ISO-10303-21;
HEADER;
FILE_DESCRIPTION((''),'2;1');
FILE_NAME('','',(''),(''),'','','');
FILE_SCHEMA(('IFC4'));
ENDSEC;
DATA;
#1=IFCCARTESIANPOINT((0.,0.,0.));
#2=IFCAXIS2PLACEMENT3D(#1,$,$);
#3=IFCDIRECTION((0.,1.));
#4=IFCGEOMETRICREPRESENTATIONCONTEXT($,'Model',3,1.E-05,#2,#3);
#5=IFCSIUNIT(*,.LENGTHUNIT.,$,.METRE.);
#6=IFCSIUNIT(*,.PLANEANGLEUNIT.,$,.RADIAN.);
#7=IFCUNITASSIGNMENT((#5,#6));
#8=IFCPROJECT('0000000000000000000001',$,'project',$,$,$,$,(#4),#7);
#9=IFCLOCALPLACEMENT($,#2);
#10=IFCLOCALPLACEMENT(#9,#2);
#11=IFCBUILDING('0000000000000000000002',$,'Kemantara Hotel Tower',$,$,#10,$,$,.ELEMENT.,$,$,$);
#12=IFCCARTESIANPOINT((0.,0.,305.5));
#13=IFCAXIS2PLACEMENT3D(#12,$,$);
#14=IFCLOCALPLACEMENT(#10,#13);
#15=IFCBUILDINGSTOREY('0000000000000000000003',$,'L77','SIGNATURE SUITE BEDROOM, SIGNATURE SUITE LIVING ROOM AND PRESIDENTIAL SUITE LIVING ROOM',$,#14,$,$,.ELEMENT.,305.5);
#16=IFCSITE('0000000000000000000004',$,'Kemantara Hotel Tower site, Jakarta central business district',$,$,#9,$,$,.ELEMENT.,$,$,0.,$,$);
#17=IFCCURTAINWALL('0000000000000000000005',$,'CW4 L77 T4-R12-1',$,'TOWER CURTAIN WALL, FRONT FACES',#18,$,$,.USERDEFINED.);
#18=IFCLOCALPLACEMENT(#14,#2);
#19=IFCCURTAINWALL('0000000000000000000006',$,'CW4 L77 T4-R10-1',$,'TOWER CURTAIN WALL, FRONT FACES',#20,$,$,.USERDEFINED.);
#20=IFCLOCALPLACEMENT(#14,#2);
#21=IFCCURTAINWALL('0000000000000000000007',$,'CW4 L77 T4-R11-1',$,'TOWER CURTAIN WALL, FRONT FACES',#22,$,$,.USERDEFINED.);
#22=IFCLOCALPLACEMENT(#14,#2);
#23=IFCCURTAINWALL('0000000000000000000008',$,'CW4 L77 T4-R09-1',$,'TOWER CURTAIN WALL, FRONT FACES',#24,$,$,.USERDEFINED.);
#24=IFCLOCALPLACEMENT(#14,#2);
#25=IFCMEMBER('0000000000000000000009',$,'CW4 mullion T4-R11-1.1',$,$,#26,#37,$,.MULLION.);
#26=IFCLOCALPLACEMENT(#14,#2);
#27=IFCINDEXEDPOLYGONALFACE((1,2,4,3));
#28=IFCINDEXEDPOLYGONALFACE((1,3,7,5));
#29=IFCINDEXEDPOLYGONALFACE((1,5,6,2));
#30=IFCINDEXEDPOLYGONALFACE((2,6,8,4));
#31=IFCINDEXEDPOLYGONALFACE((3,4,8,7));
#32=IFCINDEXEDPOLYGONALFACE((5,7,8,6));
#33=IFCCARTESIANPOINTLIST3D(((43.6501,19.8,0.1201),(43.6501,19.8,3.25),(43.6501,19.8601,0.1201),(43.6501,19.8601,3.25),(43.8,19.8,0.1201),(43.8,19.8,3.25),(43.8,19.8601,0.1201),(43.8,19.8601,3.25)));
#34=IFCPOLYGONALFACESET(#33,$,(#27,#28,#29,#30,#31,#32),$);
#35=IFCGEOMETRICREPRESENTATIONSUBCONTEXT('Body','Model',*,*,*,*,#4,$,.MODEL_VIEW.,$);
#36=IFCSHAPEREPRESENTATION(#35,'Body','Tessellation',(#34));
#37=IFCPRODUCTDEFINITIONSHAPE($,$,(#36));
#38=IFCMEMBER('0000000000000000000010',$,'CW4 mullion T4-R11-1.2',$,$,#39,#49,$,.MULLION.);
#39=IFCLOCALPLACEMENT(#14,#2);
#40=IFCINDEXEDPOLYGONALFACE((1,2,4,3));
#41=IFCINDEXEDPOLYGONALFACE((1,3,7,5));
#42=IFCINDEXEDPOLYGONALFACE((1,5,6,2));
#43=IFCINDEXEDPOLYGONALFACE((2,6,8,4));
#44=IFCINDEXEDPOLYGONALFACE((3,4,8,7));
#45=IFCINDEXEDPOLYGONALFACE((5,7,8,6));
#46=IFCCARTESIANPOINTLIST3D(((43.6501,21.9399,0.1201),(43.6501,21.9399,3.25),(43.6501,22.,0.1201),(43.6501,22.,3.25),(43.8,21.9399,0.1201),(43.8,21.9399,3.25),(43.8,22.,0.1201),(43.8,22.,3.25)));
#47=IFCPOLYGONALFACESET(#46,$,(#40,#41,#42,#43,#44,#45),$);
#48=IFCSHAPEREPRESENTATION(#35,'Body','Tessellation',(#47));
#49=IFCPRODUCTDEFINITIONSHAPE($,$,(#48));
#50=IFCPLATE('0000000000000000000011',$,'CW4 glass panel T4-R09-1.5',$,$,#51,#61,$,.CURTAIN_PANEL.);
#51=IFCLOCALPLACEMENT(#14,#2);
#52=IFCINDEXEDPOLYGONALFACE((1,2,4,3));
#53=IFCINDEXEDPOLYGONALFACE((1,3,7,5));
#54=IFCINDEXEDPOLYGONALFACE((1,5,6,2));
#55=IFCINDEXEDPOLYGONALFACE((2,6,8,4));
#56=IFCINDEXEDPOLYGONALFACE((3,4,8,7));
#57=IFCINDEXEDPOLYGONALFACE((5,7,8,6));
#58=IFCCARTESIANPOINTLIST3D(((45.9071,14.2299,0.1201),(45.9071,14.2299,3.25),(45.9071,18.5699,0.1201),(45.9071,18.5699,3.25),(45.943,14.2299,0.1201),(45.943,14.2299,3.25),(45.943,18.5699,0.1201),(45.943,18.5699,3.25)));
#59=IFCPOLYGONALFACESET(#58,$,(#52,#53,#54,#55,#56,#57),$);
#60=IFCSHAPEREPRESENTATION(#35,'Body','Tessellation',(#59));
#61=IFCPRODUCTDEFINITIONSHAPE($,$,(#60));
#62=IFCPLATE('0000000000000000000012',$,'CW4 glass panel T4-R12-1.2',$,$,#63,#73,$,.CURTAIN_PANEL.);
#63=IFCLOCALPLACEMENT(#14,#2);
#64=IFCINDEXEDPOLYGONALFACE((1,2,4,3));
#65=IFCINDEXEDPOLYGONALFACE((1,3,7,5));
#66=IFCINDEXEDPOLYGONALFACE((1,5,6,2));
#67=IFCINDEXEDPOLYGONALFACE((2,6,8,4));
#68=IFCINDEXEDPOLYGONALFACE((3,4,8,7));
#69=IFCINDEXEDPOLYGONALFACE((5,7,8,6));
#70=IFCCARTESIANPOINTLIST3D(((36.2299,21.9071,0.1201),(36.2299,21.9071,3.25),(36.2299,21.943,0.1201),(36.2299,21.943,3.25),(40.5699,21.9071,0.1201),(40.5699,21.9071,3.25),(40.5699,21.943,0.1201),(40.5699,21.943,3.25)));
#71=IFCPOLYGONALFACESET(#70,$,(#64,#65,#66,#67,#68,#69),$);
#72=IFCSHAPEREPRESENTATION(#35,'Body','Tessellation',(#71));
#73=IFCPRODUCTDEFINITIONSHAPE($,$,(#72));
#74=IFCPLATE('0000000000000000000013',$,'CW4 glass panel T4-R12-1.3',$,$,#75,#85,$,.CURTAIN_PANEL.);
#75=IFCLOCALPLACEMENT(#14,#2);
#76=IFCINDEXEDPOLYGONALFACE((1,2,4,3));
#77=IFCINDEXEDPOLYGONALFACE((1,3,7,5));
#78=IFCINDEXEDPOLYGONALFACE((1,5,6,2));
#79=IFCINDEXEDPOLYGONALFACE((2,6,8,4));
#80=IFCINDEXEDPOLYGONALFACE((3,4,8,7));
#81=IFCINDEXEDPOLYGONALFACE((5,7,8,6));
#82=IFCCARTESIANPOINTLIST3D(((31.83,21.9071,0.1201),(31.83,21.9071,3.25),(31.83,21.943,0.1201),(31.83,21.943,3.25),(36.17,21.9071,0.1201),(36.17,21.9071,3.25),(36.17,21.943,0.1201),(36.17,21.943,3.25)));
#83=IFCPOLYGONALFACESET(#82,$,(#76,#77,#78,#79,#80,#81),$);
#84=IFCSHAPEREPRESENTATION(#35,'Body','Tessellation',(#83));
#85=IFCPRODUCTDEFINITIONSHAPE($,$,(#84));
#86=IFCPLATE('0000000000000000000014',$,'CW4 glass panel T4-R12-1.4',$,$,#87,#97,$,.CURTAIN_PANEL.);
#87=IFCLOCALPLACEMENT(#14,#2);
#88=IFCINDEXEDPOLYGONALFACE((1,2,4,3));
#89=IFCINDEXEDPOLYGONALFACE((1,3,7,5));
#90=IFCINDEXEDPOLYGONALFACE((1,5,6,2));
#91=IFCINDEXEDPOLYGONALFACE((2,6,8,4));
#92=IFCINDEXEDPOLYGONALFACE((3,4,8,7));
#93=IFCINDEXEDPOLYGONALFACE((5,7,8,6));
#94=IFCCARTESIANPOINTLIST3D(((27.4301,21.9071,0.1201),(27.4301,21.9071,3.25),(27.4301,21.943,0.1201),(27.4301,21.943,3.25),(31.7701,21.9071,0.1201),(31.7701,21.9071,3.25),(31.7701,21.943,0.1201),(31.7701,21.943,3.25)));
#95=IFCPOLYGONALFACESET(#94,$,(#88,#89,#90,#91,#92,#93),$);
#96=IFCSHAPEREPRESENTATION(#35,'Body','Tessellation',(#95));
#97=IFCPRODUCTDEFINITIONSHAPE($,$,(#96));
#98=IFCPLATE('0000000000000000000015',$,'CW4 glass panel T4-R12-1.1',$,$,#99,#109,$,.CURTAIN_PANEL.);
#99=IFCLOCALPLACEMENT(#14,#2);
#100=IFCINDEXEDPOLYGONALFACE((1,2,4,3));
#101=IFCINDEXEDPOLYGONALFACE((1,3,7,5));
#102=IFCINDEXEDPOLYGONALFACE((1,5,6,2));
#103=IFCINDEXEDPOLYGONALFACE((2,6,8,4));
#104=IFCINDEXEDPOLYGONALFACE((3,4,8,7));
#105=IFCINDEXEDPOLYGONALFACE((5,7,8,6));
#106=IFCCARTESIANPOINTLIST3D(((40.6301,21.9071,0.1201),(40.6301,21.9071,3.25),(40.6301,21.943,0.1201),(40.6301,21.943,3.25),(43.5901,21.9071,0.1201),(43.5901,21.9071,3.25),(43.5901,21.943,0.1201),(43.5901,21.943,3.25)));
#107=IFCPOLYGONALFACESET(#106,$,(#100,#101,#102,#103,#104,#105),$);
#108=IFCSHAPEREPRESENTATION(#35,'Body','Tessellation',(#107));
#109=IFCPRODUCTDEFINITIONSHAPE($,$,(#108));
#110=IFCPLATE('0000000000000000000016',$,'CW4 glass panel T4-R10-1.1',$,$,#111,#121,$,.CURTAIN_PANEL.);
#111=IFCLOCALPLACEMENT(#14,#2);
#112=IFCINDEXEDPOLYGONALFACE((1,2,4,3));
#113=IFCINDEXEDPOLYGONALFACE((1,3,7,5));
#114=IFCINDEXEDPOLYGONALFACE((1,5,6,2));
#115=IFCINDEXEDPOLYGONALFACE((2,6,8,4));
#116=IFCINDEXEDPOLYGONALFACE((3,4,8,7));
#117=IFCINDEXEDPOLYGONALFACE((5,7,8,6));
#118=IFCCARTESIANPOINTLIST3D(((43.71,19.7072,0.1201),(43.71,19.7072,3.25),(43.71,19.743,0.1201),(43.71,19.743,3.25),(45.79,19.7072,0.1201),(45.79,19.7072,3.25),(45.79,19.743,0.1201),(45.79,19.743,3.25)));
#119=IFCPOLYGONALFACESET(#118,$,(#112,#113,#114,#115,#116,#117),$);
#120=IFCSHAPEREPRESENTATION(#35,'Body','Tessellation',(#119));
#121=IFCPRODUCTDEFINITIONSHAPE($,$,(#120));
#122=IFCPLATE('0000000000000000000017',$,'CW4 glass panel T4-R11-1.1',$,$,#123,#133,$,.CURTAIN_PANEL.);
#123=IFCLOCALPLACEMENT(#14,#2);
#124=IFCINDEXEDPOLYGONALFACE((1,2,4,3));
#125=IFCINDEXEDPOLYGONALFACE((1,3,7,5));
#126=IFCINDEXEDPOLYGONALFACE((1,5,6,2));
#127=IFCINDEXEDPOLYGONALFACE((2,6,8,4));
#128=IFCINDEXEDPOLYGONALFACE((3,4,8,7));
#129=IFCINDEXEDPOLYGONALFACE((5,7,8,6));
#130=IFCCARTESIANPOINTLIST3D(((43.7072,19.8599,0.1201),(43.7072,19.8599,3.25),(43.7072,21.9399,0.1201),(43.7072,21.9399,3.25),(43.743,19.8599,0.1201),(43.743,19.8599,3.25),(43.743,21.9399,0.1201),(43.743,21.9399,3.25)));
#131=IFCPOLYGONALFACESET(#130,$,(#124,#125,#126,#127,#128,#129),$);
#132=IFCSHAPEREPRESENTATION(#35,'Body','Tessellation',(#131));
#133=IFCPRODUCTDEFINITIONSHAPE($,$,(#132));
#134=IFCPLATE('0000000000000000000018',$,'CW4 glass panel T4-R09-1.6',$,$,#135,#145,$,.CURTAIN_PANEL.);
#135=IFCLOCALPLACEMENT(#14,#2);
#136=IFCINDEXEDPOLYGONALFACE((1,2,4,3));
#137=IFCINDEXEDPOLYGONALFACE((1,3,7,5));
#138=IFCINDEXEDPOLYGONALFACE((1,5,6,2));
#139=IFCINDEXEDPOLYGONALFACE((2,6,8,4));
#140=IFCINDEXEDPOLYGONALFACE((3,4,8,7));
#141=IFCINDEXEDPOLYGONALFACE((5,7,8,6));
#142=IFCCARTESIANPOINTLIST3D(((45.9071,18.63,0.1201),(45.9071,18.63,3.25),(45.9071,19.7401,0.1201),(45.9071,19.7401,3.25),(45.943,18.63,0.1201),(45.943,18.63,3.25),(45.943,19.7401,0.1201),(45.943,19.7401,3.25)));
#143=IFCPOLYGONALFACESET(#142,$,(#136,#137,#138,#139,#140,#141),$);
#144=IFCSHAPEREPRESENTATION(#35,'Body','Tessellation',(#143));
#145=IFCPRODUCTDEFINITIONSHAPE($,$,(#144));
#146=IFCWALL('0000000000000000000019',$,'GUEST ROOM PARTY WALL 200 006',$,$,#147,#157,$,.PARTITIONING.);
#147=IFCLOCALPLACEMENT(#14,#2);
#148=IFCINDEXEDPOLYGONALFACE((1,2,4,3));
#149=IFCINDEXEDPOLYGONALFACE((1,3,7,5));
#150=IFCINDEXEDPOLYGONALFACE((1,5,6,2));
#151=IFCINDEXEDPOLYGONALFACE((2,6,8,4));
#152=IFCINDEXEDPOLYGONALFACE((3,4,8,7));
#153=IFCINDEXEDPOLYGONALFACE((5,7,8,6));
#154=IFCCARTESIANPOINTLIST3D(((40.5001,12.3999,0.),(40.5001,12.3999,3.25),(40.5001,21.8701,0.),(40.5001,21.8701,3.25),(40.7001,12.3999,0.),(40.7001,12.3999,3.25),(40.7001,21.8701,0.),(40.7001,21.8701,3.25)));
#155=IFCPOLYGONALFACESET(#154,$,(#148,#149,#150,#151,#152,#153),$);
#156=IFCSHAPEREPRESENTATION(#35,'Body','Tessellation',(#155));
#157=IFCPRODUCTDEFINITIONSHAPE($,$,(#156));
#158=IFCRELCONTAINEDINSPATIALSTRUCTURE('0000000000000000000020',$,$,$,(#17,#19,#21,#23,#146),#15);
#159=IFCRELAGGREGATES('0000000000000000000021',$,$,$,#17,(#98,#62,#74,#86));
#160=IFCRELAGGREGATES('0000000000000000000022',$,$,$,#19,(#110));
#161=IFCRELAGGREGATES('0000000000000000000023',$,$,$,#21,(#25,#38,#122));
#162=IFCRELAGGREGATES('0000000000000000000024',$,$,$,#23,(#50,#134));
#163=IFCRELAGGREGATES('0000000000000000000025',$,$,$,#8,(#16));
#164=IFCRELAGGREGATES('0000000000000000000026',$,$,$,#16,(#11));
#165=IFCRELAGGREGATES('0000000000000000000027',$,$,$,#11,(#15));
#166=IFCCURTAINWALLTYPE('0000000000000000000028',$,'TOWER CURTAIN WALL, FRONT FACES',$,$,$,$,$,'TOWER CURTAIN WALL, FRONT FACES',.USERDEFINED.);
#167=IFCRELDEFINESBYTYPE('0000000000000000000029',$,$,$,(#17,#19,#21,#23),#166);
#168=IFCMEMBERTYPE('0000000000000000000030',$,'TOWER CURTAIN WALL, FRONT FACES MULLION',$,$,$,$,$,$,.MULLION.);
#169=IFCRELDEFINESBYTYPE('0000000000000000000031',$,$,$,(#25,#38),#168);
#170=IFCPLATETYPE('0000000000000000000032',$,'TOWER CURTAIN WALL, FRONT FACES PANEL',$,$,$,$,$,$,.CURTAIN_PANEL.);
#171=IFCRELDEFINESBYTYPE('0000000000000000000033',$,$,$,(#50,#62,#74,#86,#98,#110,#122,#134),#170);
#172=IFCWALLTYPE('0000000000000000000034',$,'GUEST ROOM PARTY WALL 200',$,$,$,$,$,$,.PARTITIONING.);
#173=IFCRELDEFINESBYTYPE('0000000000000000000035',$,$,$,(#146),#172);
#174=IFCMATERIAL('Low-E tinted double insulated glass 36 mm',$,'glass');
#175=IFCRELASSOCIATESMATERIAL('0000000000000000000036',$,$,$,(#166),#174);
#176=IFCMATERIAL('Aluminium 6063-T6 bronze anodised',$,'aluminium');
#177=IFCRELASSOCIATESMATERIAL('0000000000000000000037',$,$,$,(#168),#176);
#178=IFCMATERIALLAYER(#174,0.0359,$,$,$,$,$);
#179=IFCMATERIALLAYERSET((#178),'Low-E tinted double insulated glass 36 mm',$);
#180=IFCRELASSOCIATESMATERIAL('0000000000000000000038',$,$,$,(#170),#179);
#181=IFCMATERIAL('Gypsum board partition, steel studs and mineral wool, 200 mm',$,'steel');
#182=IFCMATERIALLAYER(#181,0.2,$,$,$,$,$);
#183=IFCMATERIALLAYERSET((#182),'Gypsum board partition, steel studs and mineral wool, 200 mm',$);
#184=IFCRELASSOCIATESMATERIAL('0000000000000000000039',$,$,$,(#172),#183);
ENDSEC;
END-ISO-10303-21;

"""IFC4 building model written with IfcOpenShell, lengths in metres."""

from ifc_helpers import new_model, si_unit, direction, frame, frame_2d, origin, origin_2d, place, context, subcontext, project, spatial, rectangle, extrude, source, transform, mapped, material, layer, layer_set, material_profile, profile_set, type_object, element, aggregate, save


model = new_model("IFC4")

# Units and contexts
model_context = context("Model", 3, precision=1e-05, world=origin(), true_north=direction((0.0, 1.0)))
body_context = subcontext(model_context, "Body", "Model", "MODEL_VIEW")
ifc_project = project(units=[si_unit("LENGTHUNIT", "METRE"), si_unit("PLANEANGLEUNIT", "RADIAN")], contexts=[model_context])

# Site, building, storey
site_placement = place(None, origin())
site = spatial("IfcSite", under=ifc_project, at=site_placement, Name="Kemantara Hotel Tower site, Jakarta central business district", CompositionType="ELEMENT", RefElevation=0.0)
building_placement = place(site_placement, origin())
building = spatial("IfcBuilding", under=site, at=building_placement, Name="Kemantara Hotel Tower", CompositionType="ELEMENT")
storey_placement = place(building_placement, frame((0.0, 0.0, 305.5)))
storey = spatial("IfcBuildingStorey", under=building, at=storey_placement, Name="L77", Description="SIGNATURE SUITE BEDROOM, SIGNATURE SUITE LIVING ROOM AND PRESIDENTIAL SUITE LIVING ROOM", CompositionType="ELEMENT", Elevation=305.5)

# Curtain walls
ifc_material_1 = material(Name="Low-E tinted double insulated glass 36 mm", Category="glass")
curtain_wall_type = type_object("IfcCurtainWallType", Name="TOWER CURTAIN WALL, FRONT FACES", ElementType="TOWER CURTAIN WALL, FRONT FACES", PredefinedType="USERDEFINED", material=ifc_material_1)
curtain_wall_1_placement = place(storey_placement, origin())
curtain_wall_1 = element("IfcCurtainWall", 1, at=curtain_wall_1_placement, inside=storey, type_object=curtain_wall_type, Name="CW4 L77 T4-R12-1", ObjectType="TOWER CURTAIN WALL, FRONT FACES", PredefinedType="USERDEFINED")
ifc_material_2 = material(Name="Aluminium 6063-T6 bronze anodised", Category="aluminium")
curtain_wall_2_placement = place(storey_placement, origin())
curtain_wall_2 = element("IfcCurtainWall", 2, at=curtain_wall_2_placement, inside=storey, type_object=curtain_wall_type, Name="CW4 L77 T4-R10-1", ObjectType="TOWER CURTAIN WALL, FRONT FACES", PredefinedType="USERDEFINED")
curtain_wall_3_placement = place(storey_placement, origin())
curtain_wall_3 = element("IfcCurtainWall", 3, at=curtain_wall_3_placement, inside=storey, type_object=curtain_wall_type, Name="CW4 L77 T4-R11-1", ObjectType="TOWER CURTAIN WALL, FRONT FACES", PredefinedType="USERDEFINED")

# Curtain wall
curtain_wall_4_placement = place(storey_placement, origin())
curtain_wall_4 = element("IfcCurtainWall", 4, at=curtain_wall_4_placement, inside=storey, type_object=curtain_wall_type, Name="CW4 L77 T4-R09-1", ObjectType="TOWER CURTAIN WALL, FRONT FACES", PredefinedType="USERDEFINED")
ifc_material_profile_1 = material_profile(ifc_material_2, rectangle(XDim=0.1499, YDim=0.0601, at=origin_2d()), Name="TOWER CURTAIN WALL, FRONT FACES MULLION")
ifc_profile_set_1 = profile_set([ifc_material_profile_1], Name="Aluminium 6063-T6 bronze anodised")
member_type_1 = type_object("IfcMemberType", Name="TOWER CURTAIN WALL, FRONT FACES MULLION", PredefinedType="MULLION", material=ifc_profile_set_1)
shared_shape_1 = source(origin(), body_context, "Body", "SweptSolid", [
    extrude(rectangle(XDim=0.1499, YDim=0.0601, at=origin_2d()), origin(), (0.0, 0.0, 1.0), 3.1299),
])

# Members
member_1_placement = place(storey_placement, frame((43.7251, 19.8301, 0.1201), z_axis=(0.0, 0.0, 1.0), x_axis=(-1.0, 0.0, 0.0)))
member_1 = element("IfcMember", 5, at=member_1_placement, type_object=member_type_1, Name="CW4 mullion T4-R11-1.1", PredefinedType="MULLION", context=body_context, shape_type="MappedRepresentation", body=[
    mapped(shared_shape_1, transform((0.0, 0.0, 0.0))),
])
member_2_placement = place(storey_placement, frame((43.7251, 21.97, 0.1201), z_axis=(0.0, 0.0, 1.0), x_axis=(-1.0, 0.0, 0.0)))
member_2 = element("IfcMember", 6, at=member_2_placement, type_object=member_type_1, Name="CW4 mullion T4-R11-1.2", PredefinedType="MULLION", context=body_context, shape_type="MappedRepresentation", body=[
    mapped(shared_shape_1, transform((0.0, 0.0, 0.0))),
])

# Plates
ifc_layer_1 = layer(ifc_material_1, 0.0359)
ifc_layer_set_1 = layer_set([ifc_layer_1], Name="Low-E tinted double insulated glass 36 mm")
plate_type = type_object("IfcPlateType", Name="TOWER CURTAIN WALL, FRONT FACES PANEL", PredefinedType="CURTAIN_PANEL", material=ifc_layer_set_1)
shared_shape_2 = source(origin(), body_context, "Body", "SweptSolid", [
    extrude(rectangle(XDim=4.3401, YDim=0.0359, at=origin_2d()), origin(), (0.0, 0.0, 1.0), 3.1299),
])
plate_1_placement = place(storey_placement, frame((45.925, 16.3999, 0.1201), z_axis=(0.0, 0.0, 1.0), x_axis=(0.0, 1.0, 0.0)))
plate_1 = element("IfcPlate", 7, at=plate_1_placement, type_object=plate_type, Name="CW4 glass panel T4-R09-1.5", PredefinedType="CURTAIN_PANEL", context=body_context, shape_type="MappedRepresentation", body=[
    mapped(shared_shape_2, transform((0.0, 0.0, 0.0))),
])
plate_2_placement = place(storey_placement, frame((38.3999, 21.925, 0.1201), z_axis=(0.0, 0.0, 1.0), x_axis=(-1.0, 0.0, 0.0)))
plate_2 = element("IfcPlate", 8, at=plate_2_placement, type_object=plate_type, Name="CW4 glass panel T4-R12-1.2", PredefinedType="CURTAIN_PANEL", context=body_context, shape_type="MappedRepresentation", body=[
    mapped(shared_shape_2, transform((0.0, 0.0, 0.0))),
])
plate_3_placement = place(storey_placement, frame((34.0, 21.925, 0.1201), z_axis=(0.0, 0.0, 1.0), x_axis=(-1.0, 0.0, 0.0)))
plate_3 = element("IfcPlate", 9, at=plate_3_placement, type_object=plate_type, Name="CW4 glass panel T4-R12-1.3", PredefinedType="CURTAIN_PANEL", context=body_context, shape_type="MappedRepresentation", body=[
    mapped(shared_shape_2, transform((0.0, 0.0, 0.0))),
])
plate_4_placement = place(storey_placement, frame((29.6001, 21.925, 0.1201), z_axis=(0.0, 0.0, 1.0), x_axis=(-1.0, 0.0, 0.0)))
plate_4 = element("IfcPlate", 10, at=plate_4_placement, type_object=plate_type, Name="CW4 glass panel T4-R12-1.4", PredefinedType="CURTAIN_PANEL", context=body_context, shape_type="MappedRepresentation", body=[
    mapped(shared_shape_2, transform((0.0, 0.0, 0.0))),
])
shared_shape_3 = source(origin(), body_context, "Body", "SweptSolid", [
    extrude(rectangle(XDim=2.96, YDim=0.0359, at=origin_2d()), origin(), (0.0, 0.0, 1.0), 3.1299),
])
plate_5_placement = place(storey_placement, frame((42.1101, 21.925, 0.1201), z_axis=(0.0, 0.0, 1.0), x_axis=(-1.0, 0.0, 0.0)))
plate_5 = element("IfcPlate", 11, at=plate_5_placement, type_object=plate_type, Name="CW4 glass panel T4-R12-1.1", PredefinedType="CURTAIN_PANEL", context=body_context, shape_type="MappedRepresentation", body=[
    mapped(shared_shape_3, transform((0.0, 0.0, 0.0))),
])
aggregate(curtain_wall_1, [plate_5, plate_2, plate_3, plate_4])
shared_shape_4 = source(origin(), body_context, "Body", "SweptSolid", [
    extrude(rectangle(XDim=2.0801, YDim=0.0359, at=origin_2d()), origin(), (0.0, 0.0, 1.0), 3.1299),
])
plate_6_placement = place(storey_placement, frame((44.75, 19.7251, 0.1201), z_axis=(0.0, 0.0, 1.0), x_axis=(-1.0, 0.0, 0.0)))
plate_6 = element("IfcPlate", 12, at=plate_6_placement, type_object=plate_type, Name="CW4 glass panel T4-R10-1.1", PredefinedType="CURTAIN_PANEL", context=body_context, shape_type="MappedRepresentation", body=[
    mapped(shared_shape_4, transform((0.0, 0.0, 0.0))),
])
aggregate(curtain_wall_2, [plate_6])
plate_7_placement = place(storey_placement, frame((43.7251, 20.8999, 0.1201), z_axis=(0.0, 0.0, 1.0), x_axis=(0.0, 1.0, 0.0)))
plate_7 = element("IfcPlate", 13, at=plate_7_placement, type_object=plate_type, Name="CW4 glass panel T4-R11-1.1", PredefinedType="CURTAIN_PANEL", context=body_context, shape_type="MappedRepresentation", body=[
    mapped(shared_shape_4, transform((0.0, 0.0, 0.0))),
])
aggregate(curtain_wall_3, [member_1, member_2, plate_7])
shared_shape_5 = source(origin(), body_context, "Body", "SweptSolid", [
    extrude(rectangle(XDim=1.1101, YDim=0.0359, at=origin_2d()), origin(), (0.0, 0.0, 1.0), 3.1299),
])
plate_8_placement = place(storey_placement, frame((45.925, 19.1851, 0.1201), z_axis=(0.0, 0.0, 1.0), x_axis=(0.0, 1.0, 0.0)))
plate_8 = element("IfcPlate", 14, at=plate_8_placement, type_object=plate_type, Name="CW4 glass panel T4-R09-1.6", PredefinedType="CURTAIN_PANEL", context=body_context, shape_type="MappedRepresentation", body=[
    mapped(shared_shape_5, transform((0.0, 0.0, 0.0))),
])
aggregate(curtain_wall_4, [plate_1, plate_8])

# Wall
ifc_material_3 = material(Name="Gypsum board partition, steel studs and mineral wool, 200 mm", Category="steel")
ifc_layer_2 = layer(ifc_material_3, 0.2)
ifc_layer_set_2 = layer_set([ifc_layer_2], Name="Gypsum board partition, steel studs and mineral wool, 200 mm")
wall_type_1 = type_object("IfcWallType", Name="GUEST ROOM PARTY WALL 200", PredefinedType="PARTITIONING", material=ifc_layer_set_2)
wall_1_placement = place(storey_placement, frame((40.6001, 12.3999, 0.0), z_axis=(0.0, 0.0, 1.0), x_axis=(0.0, 1.0, 0.0)))
element("IfcWall", 15, at=wall_1_placement, inside=storey, type_object=wall_type_1, Name="GUEST ROOM PARTY WALL 200 006", PredefinedType="PARTITIONING", context=body_context, shape_type="SweptSolid", body=[
    extrude(rectangle(XDim=9.4702, YDim=0.2, at=frame_2d((4.7351, 0.0))), origin(), (0.0, 0.0, 1.0), 3.25),
])

save(model, "model.ifc")
